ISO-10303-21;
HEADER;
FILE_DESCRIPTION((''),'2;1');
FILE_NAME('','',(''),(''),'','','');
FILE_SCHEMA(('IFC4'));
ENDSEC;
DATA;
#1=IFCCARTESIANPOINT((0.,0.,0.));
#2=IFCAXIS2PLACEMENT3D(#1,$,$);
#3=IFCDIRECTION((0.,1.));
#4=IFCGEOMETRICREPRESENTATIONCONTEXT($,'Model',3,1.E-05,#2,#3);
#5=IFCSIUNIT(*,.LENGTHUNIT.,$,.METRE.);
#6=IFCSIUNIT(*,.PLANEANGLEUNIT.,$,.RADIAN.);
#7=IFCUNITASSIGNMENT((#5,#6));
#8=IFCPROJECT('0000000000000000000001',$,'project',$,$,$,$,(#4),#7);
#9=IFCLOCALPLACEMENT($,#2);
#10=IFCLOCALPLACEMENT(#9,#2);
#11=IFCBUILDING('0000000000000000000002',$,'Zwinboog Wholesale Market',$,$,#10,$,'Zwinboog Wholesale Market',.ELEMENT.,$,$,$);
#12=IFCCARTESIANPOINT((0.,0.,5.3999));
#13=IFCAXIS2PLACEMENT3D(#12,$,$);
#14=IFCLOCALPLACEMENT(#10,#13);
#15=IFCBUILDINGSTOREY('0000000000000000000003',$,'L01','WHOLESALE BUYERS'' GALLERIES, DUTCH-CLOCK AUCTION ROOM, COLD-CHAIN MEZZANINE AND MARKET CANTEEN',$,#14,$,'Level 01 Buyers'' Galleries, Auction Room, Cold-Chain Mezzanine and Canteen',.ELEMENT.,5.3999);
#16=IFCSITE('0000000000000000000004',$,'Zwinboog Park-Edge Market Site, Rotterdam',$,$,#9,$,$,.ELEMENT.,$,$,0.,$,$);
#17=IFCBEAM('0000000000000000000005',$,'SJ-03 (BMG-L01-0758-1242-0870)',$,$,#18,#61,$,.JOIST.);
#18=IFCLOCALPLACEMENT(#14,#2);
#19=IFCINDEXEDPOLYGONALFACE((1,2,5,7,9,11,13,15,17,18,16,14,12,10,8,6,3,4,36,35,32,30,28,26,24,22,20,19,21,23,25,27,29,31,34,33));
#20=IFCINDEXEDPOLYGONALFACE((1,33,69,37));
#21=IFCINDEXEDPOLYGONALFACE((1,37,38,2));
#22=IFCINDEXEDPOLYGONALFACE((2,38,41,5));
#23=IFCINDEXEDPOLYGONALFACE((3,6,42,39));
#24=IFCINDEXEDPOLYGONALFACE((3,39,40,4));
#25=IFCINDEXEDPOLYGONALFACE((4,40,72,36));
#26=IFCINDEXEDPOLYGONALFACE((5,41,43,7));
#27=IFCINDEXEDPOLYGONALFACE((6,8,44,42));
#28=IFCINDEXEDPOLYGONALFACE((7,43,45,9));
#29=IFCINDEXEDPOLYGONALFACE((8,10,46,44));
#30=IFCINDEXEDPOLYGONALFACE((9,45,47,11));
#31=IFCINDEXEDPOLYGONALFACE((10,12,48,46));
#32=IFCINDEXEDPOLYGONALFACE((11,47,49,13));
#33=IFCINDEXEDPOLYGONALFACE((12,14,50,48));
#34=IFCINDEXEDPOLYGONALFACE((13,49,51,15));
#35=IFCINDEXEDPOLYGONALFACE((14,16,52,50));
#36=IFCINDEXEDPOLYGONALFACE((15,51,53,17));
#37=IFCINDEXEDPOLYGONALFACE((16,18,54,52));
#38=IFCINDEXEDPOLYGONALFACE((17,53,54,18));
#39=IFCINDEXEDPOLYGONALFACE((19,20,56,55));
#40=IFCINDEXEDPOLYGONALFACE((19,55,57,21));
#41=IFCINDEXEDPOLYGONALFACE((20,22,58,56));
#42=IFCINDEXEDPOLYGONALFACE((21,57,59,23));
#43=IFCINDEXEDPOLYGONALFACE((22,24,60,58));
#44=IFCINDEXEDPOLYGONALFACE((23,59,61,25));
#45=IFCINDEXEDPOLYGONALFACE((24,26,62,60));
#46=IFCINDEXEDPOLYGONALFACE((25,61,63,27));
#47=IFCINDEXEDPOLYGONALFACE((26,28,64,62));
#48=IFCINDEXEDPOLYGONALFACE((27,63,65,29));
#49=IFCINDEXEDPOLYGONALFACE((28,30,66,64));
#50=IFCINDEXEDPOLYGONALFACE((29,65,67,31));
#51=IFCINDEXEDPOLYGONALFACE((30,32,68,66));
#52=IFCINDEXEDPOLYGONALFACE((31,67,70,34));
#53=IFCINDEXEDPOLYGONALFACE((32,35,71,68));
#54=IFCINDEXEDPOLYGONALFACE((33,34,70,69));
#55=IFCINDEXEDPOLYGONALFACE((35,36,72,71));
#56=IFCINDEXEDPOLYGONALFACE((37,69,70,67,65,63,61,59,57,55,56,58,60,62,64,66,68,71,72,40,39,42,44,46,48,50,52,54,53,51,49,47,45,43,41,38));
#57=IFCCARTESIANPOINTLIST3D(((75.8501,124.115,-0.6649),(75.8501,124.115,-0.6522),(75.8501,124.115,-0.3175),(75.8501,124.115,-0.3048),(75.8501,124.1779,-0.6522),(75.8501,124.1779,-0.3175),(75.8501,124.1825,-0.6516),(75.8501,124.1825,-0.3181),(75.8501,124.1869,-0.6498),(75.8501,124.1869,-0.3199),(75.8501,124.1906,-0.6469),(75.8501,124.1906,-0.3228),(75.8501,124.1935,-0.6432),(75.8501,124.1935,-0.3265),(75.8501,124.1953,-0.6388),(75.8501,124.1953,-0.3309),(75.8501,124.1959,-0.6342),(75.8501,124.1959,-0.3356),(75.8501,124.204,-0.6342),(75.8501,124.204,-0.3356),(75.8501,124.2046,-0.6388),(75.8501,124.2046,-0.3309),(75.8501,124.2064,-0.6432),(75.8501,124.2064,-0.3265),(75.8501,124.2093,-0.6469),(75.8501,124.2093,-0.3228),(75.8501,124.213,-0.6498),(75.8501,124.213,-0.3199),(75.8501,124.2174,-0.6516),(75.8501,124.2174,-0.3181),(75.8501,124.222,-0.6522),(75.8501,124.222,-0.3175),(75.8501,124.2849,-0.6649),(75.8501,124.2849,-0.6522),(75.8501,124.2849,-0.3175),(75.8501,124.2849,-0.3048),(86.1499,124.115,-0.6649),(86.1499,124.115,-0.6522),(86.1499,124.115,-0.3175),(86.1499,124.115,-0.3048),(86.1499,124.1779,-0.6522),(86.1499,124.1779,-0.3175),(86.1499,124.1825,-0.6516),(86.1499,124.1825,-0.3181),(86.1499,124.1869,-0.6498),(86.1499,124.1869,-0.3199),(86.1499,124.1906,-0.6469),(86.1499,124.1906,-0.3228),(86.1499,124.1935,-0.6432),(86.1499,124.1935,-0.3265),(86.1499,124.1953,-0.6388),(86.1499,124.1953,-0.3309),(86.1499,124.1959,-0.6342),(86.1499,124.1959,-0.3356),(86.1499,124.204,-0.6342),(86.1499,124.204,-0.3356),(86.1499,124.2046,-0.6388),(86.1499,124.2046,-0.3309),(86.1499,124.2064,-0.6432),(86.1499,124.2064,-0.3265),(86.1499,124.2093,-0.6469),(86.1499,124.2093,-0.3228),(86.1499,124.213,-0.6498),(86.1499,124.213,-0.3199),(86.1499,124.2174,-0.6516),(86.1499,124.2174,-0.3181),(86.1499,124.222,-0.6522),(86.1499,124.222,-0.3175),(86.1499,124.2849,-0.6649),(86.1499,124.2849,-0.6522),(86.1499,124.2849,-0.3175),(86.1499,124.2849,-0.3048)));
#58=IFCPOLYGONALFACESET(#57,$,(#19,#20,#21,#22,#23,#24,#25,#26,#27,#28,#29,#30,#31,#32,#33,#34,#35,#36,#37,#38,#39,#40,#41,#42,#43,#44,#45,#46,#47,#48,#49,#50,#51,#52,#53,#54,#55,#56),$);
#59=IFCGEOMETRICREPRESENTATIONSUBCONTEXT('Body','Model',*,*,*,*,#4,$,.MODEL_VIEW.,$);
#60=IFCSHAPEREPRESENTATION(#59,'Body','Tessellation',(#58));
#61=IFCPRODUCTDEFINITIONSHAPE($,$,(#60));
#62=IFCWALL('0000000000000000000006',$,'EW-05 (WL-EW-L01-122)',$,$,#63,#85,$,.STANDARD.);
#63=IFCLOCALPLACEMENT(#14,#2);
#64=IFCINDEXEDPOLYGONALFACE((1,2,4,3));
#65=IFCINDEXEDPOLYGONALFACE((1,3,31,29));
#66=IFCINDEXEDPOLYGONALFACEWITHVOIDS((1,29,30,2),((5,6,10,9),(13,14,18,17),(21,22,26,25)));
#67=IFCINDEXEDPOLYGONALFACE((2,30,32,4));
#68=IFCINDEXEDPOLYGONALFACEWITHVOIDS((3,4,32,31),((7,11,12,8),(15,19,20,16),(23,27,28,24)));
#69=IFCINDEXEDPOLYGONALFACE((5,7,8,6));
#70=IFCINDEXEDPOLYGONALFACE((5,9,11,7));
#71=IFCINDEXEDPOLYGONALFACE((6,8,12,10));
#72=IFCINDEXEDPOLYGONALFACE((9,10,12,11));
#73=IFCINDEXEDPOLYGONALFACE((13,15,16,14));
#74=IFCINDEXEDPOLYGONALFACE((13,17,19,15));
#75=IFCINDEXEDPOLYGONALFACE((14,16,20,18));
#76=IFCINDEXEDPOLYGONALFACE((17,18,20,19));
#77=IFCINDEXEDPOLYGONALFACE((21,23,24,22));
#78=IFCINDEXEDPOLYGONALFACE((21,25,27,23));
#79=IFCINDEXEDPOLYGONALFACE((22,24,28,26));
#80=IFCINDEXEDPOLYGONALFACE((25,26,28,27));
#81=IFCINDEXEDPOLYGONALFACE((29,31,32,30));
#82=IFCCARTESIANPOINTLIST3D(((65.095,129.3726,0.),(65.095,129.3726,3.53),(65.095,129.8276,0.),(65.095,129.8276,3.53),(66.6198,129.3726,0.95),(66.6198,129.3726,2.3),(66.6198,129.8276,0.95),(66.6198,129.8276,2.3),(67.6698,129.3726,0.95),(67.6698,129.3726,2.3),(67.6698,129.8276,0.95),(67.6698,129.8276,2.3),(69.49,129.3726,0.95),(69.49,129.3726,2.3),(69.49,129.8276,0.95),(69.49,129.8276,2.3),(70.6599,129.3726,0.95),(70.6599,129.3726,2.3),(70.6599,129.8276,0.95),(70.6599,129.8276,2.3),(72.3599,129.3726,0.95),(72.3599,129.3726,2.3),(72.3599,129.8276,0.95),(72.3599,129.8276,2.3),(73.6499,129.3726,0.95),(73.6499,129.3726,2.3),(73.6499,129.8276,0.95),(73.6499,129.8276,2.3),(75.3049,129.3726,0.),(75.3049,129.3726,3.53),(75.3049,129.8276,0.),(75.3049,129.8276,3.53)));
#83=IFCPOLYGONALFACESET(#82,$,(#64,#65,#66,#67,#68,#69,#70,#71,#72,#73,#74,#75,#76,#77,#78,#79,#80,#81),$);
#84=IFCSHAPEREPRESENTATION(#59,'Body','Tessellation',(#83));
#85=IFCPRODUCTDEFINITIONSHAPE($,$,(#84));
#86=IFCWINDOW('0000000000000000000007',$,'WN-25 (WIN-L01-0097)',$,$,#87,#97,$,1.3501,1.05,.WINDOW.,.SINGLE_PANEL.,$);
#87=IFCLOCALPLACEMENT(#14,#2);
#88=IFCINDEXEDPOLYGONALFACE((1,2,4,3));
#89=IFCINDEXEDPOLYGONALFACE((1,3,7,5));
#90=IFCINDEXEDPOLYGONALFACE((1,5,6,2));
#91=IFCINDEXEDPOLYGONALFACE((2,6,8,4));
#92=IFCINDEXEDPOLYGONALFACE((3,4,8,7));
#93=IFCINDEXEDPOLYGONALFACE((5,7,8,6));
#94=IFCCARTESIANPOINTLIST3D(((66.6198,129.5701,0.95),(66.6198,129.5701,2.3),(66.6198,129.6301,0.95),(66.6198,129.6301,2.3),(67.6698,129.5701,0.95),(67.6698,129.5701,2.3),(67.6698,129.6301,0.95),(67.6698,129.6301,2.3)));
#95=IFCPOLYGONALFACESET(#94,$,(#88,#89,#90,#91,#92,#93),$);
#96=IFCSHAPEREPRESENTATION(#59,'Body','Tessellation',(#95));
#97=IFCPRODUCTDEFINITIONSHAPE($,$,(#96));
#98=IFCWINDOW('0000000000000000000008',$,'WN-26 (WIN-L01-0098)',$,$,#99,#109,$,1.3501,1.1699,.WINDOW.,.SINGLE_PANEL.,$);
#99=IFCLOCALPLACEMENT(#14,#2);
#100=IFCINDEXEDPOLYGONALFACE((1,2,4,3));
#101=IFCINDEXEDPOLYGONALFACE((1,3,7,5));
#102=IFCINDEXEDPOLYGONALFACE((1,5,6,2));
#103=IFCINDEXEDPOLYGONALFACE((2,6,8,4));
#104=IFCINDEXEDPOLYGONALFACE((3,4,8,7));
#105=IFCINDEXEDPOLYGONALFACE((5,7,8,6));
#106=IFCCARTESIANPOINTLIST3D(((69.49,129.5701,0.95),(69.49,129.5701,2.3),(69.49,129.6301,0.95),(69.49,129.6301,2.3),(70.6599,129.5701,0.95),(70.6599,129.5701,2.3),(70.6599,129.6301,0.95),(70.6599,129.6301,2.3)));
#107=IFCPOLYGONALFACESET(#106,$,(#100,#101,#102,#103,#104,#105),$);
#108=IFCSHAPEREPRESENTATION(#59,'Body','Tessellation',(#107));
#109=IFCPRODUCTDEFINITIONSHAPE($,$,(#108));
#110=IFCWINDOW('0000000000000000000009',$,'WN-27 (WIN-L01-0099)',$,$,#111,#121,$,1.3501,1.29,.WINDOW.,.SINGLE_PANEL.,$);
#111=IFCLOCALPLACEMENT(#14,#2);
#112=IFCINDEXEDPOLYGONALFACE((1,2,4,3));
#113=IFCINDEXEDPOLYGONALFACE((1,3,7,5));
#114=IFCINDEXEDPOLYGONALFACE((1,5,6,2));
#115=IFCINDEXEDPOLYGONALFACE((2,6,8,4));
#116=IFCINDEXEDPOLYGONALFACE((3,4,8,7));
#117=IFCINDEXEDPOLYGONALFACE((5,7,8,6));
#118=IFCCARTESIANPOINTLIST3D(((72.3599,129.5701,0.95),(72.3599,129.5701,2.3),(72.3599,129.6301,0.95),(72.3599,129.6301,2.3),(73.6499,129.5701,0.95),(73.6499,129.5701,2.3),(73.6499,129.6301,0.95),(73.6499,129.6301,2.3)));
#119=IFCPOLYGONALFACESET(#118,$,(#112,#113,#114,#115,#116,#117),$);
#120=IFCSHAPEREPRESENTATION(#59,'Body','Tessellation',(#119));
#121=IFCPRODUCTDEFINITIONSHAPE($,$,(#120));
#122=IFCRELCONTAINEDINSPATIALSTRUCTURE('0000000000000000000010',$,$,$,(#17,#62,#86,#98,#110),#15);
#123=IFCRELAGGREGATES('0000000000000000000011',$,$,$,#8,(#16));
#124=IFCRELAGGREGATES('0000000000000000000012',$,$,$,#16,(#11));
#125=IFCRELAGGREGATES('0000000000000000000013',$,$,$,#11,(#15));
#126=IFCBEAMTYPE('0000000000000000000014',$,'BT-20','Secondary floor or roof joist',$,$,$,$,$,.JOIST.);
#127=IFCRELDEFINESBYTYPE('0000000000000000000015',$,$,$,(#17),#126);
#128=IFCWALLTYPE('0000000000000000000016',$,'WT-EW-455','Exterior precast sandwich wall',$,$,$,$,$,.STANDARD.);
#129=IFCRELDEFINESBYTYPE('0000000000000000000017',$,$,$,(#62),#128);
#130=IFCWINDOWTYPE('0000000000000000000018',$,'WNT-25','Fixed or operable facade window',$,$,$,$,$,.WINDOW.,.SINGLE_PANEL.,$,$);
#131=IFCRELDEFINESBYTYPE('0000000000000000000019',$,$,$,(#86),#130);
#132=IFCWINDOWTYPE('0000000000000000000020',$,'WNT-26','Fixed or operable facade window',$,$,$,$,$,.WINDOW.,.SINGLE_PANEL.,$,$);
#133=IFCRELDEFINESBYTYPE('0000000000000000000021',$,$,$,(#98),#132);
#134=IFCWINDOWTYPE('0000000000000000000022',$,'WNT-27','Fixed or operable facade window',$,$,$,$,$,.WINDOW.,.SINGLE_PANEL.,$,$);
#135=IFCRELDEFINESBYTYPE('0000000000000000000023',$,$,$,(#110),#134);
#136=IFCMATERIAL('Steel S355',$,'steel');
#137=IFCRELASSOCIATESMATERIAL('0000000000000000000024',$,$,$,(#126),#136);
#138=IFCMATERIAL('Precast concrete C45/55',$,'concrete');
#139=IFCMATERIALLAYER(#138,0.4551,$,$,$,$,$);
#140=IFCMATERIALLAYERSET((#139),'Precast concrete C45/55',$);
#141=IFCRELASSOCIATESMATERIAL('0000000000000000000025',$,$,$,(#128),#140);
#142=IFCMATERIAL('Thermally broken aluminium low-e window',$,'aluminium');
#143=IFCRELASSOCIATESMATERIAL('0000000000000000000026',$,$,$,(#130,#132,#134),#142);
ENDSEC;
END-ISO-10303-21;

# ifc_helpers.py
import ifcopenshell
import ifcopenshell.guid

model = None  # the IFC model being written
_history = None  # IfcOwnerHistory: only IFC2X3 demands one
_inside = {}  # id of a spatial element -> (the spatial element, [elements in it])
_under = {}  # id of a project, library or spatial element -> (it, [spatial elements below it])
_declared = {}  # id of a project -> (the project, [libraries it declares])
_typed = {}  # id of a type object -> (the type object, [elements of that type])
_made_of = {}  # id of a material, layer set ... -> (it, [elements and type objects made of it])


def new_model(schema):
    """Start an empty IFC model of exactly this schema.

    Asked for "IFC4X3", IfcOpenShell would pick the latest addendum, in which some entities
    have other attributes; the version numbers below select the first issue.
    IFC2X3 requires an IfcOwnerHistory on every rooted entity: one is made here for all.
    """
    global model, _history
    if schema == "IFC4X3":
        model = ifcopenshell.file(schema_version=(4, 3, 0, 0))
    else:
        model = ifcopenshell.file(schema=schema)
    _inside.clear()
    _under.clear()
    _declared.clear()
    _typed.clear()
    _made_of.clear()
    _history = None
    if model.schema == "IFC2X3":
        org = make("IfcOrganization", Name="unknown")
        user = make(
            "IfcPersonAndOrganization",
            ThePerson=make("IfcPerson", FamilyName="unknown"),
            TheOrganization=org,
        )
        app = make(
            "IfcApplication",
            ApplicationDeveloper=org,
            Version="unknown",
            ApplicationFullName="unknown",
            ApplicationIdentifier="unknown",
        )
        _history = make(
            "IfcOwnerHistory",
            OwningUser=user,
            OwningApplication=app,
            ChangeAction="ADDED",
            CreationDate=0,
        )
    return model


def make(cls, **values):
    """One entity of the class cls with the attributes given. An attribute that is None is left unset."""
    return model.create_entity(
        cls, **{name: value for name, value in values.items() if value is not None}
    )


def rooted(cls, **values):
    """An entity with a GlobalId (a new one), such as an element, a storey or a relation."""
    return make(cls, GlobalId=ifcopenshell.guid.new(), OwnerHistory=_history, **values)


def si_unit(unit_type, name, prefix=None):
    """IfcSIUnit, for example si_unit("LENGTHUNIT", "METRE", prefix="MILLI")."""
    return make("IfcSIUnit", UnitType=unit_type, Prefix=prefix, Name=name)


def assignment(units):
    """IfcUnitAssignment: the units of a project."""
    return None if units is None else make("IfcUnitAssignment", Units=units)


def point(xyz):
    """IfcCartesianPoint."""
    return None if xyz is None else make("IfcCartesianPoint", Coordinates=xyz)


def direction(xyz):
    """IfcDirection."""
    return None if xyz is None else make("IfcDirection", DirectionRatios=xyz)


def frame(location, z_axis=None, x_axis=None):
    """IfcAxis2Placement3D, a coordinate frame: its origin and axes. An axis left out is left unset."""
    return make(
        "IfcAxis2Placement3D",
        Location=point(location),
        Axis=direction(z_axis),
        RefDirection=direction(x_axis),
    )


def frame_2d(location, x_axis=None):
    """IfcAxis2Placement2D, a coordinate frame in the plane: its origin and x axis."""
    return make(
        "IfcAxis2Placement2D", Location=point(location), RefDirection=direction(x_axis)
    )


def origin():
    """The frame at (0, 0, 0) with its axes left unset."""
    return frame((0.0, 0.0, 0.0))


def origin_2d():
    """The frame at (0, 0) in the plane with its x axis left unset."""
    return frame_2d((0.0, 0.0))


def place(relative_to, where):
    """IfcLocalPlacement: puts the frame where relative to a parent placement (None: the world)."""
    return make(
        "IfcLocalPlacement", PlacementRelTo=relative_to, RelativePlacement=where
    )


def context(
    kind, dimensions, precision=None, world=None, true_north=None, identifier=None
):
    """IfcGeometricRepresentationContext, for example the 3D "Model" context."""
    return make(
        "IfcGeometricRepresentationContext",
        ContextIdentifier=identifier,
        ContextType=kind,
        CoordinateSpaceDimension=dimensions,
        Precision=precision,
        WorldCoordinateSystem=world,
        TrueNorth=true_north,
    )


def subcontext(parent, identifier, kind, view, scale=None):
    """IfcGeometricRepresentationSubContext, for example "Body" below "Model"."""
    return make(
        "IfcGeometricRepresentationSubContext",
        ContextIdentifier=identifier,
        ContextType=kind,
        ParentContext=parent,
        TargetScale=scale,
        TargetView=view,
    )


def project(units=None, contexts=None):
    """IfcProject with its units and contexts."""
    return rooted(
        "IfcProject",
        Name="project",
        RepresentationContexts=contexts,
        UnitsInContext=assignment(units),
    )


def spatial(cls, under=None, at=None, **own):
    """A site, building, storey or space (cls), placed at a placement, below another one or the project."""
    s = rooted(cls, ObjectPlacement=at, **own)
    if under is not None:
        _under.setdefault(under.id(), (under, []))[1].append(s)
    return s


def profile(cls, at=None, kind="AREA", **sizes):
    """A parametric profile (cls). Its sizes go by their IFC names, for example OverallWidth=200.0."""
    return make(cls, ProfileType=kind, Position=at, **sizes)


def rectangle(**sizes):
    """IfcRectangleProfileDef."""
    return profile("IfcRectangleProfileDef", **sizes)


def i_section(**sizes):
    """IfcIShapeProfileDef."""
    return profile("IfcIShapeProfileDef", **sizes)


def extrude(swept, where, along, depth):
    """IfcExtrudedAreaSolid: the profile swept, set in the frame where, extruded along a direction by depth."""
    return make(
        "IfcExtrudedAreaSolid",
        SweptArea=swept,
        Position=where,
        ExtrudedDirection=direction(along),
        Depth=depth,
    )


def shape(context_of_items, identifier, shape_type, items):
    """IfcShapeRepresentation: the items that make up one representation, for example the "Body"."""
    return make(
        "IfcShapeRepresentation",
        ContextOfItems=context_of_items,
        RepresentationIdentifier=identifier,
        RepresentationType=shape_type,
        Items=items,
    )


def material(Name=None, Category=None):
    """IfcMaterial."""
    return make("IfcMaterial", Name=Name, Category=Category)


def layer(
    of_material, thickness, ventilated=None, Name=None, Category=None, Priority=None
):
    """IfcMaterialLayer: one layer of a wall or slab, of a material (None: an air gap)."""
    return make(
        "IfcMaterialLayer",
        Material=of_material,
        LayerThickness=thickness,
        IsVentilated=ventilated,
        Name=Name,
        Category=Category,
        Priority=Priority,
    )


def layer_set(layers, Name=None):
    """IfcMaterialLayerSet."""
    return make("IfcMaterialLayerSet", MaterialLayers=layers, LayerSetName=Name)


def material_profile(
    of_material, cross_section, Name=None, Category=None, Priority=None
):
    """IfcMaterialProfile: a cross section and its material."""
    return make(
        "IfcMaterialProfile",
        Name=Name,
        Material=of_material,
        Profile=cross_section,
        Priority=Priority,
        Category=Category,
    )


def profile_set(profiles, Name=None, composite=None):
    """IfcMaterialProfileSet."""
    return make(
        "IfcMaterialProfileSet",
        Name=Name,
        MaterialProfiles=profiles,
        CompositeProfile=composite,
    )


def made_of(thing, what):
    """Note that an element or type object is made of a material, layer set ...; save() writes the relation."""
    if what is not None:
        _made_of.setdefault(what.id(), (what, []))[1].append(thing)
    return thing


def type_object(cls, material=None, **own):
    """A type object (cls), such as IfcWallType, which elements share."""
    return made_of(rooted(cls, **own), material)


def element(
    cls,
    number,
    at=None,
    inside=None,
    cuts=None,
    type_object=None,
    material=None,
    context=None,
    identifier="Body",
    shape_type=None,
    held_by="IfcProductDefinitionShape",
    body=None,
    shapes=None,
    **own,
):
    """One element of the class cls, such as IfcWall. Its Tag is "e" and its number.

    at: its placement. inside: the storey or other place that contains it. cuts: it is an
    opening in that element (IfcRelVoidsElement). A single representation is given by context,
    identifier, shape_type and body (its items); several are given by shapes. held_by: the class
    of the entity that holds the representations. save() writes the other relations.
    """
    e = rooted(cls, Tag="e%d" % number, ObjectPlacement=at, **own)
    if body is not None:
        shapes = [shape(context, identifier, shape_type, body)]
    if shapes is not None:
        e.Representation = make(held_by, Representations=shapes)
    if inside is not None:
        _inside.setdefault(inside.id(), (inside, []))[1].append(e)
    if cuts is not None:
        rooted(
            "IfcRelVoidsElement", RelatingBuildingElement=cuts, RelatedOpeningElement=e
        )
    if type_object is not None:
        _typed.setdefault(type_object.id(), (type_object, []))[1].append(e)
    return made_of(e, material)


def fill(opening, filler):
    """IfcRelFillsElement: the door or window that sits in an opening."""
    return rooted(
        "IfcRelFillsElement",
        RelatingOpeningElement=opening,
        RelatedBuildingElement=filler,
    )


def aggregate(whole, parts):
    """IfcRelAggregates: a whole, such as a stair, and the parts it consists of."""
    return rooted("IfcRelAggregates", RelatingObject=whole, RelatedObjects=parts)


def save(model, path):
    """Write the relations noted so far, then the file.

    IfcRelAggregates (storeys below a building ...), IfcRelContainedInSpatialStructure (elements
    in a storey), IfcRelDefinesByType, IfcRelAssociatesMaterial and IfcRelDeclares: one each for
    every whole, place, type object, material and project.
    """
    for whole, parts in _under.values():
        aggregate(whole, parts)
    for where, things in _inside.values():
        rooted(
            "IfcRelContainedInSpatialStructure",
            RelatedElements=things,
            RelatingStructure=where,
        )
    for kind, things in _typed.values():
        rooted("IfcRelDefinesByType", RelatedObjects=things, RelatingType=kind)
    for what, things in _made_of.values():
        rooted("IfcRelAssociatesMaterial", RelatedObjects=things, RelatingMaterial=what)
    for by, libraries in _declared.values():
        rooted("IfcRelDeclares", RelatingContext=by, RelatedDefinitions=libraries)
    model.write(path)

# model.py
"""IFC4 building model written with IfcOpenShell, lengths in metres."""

from ifc_helpers import new_model, si_unit, direction, frame, frame_2d, origin, origin_2d, place, context, subcontext, project, spatial, rectangle, i_section, extrude, material, layer, layer_set, material_profile, profile_set, type_object, element, fill, save


model = new_model("IFC4")

# Units and contexts
model_context = context("Model", 3, precision=1e-05, world=origin(), true_north=direction((0.0, 1.0)))
body_context = subcontext(model_context, "Body", "Model", "MODEL_VIEW")
ifc_project = project(units=[si_unit("LENGTHUNIT", "METRE"), si_unit("PLANEANGLEUNIT", "RADIAN")], contexts=[model_context])

# Site, building, storey
site_placement = place(None, origin())
site = spatial("IfcSite", under=ifc_project, at=site_placement, Name="Zwinboog Park-Edge Market Site, Rotterdam", CompositionType="ELEMENT", RefElevation=0.0)
building_placement = place(site_placement, origin())
building = spatial("IfcBuilding", under=site, at=building_placement, Name="Zwinboog Wholesale Market", LongName="Zwinboog Wholesale Market", CompositionType="ELEMENT")
storey_placement = place(building_placement, frame((0.0, 0.0, 5.3999)))
storey = spatial("IfcBuildingStorey", under=building, at=storey_placement, Name="L01", Description="WHOLESALE BUYERS' GALLERIES, DUTCH-CLOCK AUCTION ROOM, COLD-CHAIN MEZZANINE AND MARKET CANTEEN", LongName="Level 01 Buyers' Galleries, Auction Room, Cold-Chain Mezzanine and Canteen", CompositionType="ELEMENT", Elevation=5.3999)

# Shared definitions
ifc_material_1 = material(Name="Precast concrete C45/55", Category="concrete")

# Beam
ifc_material_2 = material(Name="Steel S355", Category="steel")
ifc_material_profile_1 = material_profile(ifc_material_2, i_section(OverallWidth=0.1699, OverallDepth=0.3601, WebThickness=0.0081, FlangeThickness=0.0127, FilletRadius=0.0181, at=origin_2d()), Name="IPE 360")
ifc_profile_set_1 = profile_set([ifc_material_profile_1], Name="Steel S355")
beam_type_1 = type_object("IfcBeamType", Name="BT-20", Description="Secondary floor or roof joist", PredefinedType="JOIST", material=ifc_profile_set_1)
beam_1_placement = place(storey_placement, frame((75.8501, 124.2, -0.4849), z_axis=(1.0, 0.0, 0.0), x_axis=(0.0, 1.0, 0.0)))
element("IfcBeam", 1, at=beam_1_placement, inside=storey, type_object=beam_type_1, Name="SJ-03 (BMG-L01-0758-1242-0870)", PredefinedType="JOIST", context=body_context, shape_type="SweptSolid", body=[
    extrude(i_section(OverallWidth=0.1699, OverallDepth=0.3601, WebThickness=0.0081, FlangeThickness=0.0127, FilletRadius=0.0181, at=origin_2d()), origin(), (0.0, 0.0, 1.0), 10.2998),
])

# Wall, openings, windows
ifc_layer_1 = layer(ifc_material_1, 0.4551)
ifc_layer_set_1 = layer_set([ifc_layer_1], Name="Precast concrete C45/55")
wall_type_1 = type_object("IfcWallType", Name="WT-EW-455", Description="Exterior precast sandwich wall", PredefinedType="STANDARD", material=ifc_layer_set_1)
wall_1_placement = place(storey_placement, frame((65.095, 129.6001, 0.0), z_axis=(0.0, 0.0, 1.0), x_axis=(1.0, 0.0, 0.0)))
wall_1 = element("IfcWall", 2, at=wall_1_placement, inside=storey, type_object=wall_type_1, Name="EW-05 (WL-EW-L01-122)", PredefinedType="STANDARD", context=body_context, shape_type="SweptSolid", body=[
    extrude(rectangle(XDim=10.21, YDim=0.4551, at=frame_2d((5.105, 0.0))), origin(), (0.0, 0.0, 1.0), 3.53),
])
opening_1_placement = place(wall_1_placement, frame((1.5249, 0.0, 0.95)))
opening_1 = element("IfcOpeningElement", 3, at=opening_1_placement, cuts=wall_1, PredefinedType="OPENING", context=body_context, shape_type="SweptSolid", body=[
    extrude(rectangle(XDim=1.05, YDim=1.3501, at=frame_2d((0.5249, 0.675))), frame((0.0, 0.2375, 0.0), z_axis=(0.0, -1.0, 0.0), x_axis=(1.0, 0.0, 0.0)), (0.0, 0.0, 1.0), 0.4751),
])
opening_2_placement = place(wall_1_placement, frame((4.395, 0.0, 0.95)))
opening_2 = element("IfcOpeningElement", 4, at=opening_2_placement, cuts=wall_1, PredefinedType="OPENING", context=body_context, shape_type="SweptSolid", body=[
    extrude(rectangle(XDim=1.1699, YDim=1.3501, at=frame_2d((0.585, 0.675))), frame((0.0, 0.2375, 0.0), z_axis=(0.0, -1.0, 0.0), x_axis=(1.0, 0.0, 0.0)), (0.0, 0.0, 1.0), 0.4751),
])
opening_3_placement = place(wall_1_placement, frame((7.2649, 0.0, 0.95)))
opening_3 = element("IfcOpeningElement", 5, at=opening_3_placement, cuts=wall_1, PredefinedType="OPENING", context=body_context, shape_type="SweptSolid", body=[
    extrude(rectangle(XDim=1.29, YDim=1.3501, at=frame_2d((0.645, 0.675))), frame((0.0, 0.2375, 0.0), z_axis=(0.0, -1.0, 0.0), x_axis=(1.0, 0.0, 0.0)), (0.0, 0.0, 1.0), 0.4751),
])
ifc_material_3 = material(Name="Thermally broken aluminium low-e window", Category="aluminium")
window_type_1 = type_object("IfcWindowType", Name="WNT-25", Description="Fixed or operable facade window", PartitioningType="SINGLE_PANEL", PredefinedType="WINDOW", material=ifc_material_3)
window_1_placement = place(opening_1_placement, origin())
window_1 = element("IfcWindow", 6, at=window_1_placement, inside=storey, type_object=window_type_1, Name="WN-25 (WIN-L01-0097)", OverallHeight=1.3501, OverallWidth=1.05, PartitioningType="SINGLE_PANEL", PredefinedType="WINDOW", context=body_context, shape_type="SweptSolid", body=[
    extrude(rectangle(XDim=1.05, YDim=1.3501, at=frame_2d((0.5249, 0.675))), frame((0.0, 0.03, 0.0), z_axis=(0.0, -1.0, 0.0), x_axis=(1.0, 0.0, 0.0)), (0.0, 0.0, 1.0), 0.0601),
])
fill(opening_1, window_1)
window_type_2 = type_object("IfcWindowType", Name="WNT-26", Description="Fixed or operable facade window", PartitioningType="SINGLE_PANEL", PredefinedType="WINDOW", material=ifc_material_3)
window_2_placement = place(opening_2_placement, origin())
window_2 = element("IfcWindow", 7, at=window_2_placement, inside=storey, type_object=window_type_2, Name="WN-26 (WIN-L01-0098)", OverallHeight=1.3501, OverallWidth=1.1699, PartitioningType="SINGLE_PANEL", PredefinedType="WINDOW", context=body_context, shape_type="SweptSolid", body=[
    extrude(rectangle(XDim=1.1699, YDim=1.3501, at=frame_2d((0.585, 0.675))), frame((0.0, 0.03, 0.0), z_axis=(0.0, -1.0, 0.0), x_axis=(1.0, 0.0, 0.0)), (0.0, 0.0, 1.0), 0.0601),
])
fill(opening_2, window_2)
window_type_3 = type_object("IfcWindowType", Name="WNT-27", Description="Fixed or operable facade window", PartitioningType="SINGLE_PANEL", PredefinedType="WINDOW", material=ifc_material_3)
window_3_placement = place(opening_3_placement, origin())
window_3 = element("IfcWindow", 8, at=window_3_placement, inside=storey, type_object=window_type_3, Name="WN-27 (WIN-L01-0099)", OverallHeight=1.3501, OverallWidth=1.29, PartitioningType="SINGLE_PANEL", PredefinedType="WINDOW", context=body_context, shape_type="SweptSolid", body=[
    extrude(rectangle(XDim=1.29, YDim=1.3501, at=frame_2d((0.645, 0.675))), frame((0.0, 0.03, 0.0), z_axis=(0.0, -1.0, 0.0), x_axis=(1.0, 0.0, 0.0)), (0.0, 0.0, 1.0), 0.0601),
])
fill(opening_3, window_3)

save(model, "model.ifc")
